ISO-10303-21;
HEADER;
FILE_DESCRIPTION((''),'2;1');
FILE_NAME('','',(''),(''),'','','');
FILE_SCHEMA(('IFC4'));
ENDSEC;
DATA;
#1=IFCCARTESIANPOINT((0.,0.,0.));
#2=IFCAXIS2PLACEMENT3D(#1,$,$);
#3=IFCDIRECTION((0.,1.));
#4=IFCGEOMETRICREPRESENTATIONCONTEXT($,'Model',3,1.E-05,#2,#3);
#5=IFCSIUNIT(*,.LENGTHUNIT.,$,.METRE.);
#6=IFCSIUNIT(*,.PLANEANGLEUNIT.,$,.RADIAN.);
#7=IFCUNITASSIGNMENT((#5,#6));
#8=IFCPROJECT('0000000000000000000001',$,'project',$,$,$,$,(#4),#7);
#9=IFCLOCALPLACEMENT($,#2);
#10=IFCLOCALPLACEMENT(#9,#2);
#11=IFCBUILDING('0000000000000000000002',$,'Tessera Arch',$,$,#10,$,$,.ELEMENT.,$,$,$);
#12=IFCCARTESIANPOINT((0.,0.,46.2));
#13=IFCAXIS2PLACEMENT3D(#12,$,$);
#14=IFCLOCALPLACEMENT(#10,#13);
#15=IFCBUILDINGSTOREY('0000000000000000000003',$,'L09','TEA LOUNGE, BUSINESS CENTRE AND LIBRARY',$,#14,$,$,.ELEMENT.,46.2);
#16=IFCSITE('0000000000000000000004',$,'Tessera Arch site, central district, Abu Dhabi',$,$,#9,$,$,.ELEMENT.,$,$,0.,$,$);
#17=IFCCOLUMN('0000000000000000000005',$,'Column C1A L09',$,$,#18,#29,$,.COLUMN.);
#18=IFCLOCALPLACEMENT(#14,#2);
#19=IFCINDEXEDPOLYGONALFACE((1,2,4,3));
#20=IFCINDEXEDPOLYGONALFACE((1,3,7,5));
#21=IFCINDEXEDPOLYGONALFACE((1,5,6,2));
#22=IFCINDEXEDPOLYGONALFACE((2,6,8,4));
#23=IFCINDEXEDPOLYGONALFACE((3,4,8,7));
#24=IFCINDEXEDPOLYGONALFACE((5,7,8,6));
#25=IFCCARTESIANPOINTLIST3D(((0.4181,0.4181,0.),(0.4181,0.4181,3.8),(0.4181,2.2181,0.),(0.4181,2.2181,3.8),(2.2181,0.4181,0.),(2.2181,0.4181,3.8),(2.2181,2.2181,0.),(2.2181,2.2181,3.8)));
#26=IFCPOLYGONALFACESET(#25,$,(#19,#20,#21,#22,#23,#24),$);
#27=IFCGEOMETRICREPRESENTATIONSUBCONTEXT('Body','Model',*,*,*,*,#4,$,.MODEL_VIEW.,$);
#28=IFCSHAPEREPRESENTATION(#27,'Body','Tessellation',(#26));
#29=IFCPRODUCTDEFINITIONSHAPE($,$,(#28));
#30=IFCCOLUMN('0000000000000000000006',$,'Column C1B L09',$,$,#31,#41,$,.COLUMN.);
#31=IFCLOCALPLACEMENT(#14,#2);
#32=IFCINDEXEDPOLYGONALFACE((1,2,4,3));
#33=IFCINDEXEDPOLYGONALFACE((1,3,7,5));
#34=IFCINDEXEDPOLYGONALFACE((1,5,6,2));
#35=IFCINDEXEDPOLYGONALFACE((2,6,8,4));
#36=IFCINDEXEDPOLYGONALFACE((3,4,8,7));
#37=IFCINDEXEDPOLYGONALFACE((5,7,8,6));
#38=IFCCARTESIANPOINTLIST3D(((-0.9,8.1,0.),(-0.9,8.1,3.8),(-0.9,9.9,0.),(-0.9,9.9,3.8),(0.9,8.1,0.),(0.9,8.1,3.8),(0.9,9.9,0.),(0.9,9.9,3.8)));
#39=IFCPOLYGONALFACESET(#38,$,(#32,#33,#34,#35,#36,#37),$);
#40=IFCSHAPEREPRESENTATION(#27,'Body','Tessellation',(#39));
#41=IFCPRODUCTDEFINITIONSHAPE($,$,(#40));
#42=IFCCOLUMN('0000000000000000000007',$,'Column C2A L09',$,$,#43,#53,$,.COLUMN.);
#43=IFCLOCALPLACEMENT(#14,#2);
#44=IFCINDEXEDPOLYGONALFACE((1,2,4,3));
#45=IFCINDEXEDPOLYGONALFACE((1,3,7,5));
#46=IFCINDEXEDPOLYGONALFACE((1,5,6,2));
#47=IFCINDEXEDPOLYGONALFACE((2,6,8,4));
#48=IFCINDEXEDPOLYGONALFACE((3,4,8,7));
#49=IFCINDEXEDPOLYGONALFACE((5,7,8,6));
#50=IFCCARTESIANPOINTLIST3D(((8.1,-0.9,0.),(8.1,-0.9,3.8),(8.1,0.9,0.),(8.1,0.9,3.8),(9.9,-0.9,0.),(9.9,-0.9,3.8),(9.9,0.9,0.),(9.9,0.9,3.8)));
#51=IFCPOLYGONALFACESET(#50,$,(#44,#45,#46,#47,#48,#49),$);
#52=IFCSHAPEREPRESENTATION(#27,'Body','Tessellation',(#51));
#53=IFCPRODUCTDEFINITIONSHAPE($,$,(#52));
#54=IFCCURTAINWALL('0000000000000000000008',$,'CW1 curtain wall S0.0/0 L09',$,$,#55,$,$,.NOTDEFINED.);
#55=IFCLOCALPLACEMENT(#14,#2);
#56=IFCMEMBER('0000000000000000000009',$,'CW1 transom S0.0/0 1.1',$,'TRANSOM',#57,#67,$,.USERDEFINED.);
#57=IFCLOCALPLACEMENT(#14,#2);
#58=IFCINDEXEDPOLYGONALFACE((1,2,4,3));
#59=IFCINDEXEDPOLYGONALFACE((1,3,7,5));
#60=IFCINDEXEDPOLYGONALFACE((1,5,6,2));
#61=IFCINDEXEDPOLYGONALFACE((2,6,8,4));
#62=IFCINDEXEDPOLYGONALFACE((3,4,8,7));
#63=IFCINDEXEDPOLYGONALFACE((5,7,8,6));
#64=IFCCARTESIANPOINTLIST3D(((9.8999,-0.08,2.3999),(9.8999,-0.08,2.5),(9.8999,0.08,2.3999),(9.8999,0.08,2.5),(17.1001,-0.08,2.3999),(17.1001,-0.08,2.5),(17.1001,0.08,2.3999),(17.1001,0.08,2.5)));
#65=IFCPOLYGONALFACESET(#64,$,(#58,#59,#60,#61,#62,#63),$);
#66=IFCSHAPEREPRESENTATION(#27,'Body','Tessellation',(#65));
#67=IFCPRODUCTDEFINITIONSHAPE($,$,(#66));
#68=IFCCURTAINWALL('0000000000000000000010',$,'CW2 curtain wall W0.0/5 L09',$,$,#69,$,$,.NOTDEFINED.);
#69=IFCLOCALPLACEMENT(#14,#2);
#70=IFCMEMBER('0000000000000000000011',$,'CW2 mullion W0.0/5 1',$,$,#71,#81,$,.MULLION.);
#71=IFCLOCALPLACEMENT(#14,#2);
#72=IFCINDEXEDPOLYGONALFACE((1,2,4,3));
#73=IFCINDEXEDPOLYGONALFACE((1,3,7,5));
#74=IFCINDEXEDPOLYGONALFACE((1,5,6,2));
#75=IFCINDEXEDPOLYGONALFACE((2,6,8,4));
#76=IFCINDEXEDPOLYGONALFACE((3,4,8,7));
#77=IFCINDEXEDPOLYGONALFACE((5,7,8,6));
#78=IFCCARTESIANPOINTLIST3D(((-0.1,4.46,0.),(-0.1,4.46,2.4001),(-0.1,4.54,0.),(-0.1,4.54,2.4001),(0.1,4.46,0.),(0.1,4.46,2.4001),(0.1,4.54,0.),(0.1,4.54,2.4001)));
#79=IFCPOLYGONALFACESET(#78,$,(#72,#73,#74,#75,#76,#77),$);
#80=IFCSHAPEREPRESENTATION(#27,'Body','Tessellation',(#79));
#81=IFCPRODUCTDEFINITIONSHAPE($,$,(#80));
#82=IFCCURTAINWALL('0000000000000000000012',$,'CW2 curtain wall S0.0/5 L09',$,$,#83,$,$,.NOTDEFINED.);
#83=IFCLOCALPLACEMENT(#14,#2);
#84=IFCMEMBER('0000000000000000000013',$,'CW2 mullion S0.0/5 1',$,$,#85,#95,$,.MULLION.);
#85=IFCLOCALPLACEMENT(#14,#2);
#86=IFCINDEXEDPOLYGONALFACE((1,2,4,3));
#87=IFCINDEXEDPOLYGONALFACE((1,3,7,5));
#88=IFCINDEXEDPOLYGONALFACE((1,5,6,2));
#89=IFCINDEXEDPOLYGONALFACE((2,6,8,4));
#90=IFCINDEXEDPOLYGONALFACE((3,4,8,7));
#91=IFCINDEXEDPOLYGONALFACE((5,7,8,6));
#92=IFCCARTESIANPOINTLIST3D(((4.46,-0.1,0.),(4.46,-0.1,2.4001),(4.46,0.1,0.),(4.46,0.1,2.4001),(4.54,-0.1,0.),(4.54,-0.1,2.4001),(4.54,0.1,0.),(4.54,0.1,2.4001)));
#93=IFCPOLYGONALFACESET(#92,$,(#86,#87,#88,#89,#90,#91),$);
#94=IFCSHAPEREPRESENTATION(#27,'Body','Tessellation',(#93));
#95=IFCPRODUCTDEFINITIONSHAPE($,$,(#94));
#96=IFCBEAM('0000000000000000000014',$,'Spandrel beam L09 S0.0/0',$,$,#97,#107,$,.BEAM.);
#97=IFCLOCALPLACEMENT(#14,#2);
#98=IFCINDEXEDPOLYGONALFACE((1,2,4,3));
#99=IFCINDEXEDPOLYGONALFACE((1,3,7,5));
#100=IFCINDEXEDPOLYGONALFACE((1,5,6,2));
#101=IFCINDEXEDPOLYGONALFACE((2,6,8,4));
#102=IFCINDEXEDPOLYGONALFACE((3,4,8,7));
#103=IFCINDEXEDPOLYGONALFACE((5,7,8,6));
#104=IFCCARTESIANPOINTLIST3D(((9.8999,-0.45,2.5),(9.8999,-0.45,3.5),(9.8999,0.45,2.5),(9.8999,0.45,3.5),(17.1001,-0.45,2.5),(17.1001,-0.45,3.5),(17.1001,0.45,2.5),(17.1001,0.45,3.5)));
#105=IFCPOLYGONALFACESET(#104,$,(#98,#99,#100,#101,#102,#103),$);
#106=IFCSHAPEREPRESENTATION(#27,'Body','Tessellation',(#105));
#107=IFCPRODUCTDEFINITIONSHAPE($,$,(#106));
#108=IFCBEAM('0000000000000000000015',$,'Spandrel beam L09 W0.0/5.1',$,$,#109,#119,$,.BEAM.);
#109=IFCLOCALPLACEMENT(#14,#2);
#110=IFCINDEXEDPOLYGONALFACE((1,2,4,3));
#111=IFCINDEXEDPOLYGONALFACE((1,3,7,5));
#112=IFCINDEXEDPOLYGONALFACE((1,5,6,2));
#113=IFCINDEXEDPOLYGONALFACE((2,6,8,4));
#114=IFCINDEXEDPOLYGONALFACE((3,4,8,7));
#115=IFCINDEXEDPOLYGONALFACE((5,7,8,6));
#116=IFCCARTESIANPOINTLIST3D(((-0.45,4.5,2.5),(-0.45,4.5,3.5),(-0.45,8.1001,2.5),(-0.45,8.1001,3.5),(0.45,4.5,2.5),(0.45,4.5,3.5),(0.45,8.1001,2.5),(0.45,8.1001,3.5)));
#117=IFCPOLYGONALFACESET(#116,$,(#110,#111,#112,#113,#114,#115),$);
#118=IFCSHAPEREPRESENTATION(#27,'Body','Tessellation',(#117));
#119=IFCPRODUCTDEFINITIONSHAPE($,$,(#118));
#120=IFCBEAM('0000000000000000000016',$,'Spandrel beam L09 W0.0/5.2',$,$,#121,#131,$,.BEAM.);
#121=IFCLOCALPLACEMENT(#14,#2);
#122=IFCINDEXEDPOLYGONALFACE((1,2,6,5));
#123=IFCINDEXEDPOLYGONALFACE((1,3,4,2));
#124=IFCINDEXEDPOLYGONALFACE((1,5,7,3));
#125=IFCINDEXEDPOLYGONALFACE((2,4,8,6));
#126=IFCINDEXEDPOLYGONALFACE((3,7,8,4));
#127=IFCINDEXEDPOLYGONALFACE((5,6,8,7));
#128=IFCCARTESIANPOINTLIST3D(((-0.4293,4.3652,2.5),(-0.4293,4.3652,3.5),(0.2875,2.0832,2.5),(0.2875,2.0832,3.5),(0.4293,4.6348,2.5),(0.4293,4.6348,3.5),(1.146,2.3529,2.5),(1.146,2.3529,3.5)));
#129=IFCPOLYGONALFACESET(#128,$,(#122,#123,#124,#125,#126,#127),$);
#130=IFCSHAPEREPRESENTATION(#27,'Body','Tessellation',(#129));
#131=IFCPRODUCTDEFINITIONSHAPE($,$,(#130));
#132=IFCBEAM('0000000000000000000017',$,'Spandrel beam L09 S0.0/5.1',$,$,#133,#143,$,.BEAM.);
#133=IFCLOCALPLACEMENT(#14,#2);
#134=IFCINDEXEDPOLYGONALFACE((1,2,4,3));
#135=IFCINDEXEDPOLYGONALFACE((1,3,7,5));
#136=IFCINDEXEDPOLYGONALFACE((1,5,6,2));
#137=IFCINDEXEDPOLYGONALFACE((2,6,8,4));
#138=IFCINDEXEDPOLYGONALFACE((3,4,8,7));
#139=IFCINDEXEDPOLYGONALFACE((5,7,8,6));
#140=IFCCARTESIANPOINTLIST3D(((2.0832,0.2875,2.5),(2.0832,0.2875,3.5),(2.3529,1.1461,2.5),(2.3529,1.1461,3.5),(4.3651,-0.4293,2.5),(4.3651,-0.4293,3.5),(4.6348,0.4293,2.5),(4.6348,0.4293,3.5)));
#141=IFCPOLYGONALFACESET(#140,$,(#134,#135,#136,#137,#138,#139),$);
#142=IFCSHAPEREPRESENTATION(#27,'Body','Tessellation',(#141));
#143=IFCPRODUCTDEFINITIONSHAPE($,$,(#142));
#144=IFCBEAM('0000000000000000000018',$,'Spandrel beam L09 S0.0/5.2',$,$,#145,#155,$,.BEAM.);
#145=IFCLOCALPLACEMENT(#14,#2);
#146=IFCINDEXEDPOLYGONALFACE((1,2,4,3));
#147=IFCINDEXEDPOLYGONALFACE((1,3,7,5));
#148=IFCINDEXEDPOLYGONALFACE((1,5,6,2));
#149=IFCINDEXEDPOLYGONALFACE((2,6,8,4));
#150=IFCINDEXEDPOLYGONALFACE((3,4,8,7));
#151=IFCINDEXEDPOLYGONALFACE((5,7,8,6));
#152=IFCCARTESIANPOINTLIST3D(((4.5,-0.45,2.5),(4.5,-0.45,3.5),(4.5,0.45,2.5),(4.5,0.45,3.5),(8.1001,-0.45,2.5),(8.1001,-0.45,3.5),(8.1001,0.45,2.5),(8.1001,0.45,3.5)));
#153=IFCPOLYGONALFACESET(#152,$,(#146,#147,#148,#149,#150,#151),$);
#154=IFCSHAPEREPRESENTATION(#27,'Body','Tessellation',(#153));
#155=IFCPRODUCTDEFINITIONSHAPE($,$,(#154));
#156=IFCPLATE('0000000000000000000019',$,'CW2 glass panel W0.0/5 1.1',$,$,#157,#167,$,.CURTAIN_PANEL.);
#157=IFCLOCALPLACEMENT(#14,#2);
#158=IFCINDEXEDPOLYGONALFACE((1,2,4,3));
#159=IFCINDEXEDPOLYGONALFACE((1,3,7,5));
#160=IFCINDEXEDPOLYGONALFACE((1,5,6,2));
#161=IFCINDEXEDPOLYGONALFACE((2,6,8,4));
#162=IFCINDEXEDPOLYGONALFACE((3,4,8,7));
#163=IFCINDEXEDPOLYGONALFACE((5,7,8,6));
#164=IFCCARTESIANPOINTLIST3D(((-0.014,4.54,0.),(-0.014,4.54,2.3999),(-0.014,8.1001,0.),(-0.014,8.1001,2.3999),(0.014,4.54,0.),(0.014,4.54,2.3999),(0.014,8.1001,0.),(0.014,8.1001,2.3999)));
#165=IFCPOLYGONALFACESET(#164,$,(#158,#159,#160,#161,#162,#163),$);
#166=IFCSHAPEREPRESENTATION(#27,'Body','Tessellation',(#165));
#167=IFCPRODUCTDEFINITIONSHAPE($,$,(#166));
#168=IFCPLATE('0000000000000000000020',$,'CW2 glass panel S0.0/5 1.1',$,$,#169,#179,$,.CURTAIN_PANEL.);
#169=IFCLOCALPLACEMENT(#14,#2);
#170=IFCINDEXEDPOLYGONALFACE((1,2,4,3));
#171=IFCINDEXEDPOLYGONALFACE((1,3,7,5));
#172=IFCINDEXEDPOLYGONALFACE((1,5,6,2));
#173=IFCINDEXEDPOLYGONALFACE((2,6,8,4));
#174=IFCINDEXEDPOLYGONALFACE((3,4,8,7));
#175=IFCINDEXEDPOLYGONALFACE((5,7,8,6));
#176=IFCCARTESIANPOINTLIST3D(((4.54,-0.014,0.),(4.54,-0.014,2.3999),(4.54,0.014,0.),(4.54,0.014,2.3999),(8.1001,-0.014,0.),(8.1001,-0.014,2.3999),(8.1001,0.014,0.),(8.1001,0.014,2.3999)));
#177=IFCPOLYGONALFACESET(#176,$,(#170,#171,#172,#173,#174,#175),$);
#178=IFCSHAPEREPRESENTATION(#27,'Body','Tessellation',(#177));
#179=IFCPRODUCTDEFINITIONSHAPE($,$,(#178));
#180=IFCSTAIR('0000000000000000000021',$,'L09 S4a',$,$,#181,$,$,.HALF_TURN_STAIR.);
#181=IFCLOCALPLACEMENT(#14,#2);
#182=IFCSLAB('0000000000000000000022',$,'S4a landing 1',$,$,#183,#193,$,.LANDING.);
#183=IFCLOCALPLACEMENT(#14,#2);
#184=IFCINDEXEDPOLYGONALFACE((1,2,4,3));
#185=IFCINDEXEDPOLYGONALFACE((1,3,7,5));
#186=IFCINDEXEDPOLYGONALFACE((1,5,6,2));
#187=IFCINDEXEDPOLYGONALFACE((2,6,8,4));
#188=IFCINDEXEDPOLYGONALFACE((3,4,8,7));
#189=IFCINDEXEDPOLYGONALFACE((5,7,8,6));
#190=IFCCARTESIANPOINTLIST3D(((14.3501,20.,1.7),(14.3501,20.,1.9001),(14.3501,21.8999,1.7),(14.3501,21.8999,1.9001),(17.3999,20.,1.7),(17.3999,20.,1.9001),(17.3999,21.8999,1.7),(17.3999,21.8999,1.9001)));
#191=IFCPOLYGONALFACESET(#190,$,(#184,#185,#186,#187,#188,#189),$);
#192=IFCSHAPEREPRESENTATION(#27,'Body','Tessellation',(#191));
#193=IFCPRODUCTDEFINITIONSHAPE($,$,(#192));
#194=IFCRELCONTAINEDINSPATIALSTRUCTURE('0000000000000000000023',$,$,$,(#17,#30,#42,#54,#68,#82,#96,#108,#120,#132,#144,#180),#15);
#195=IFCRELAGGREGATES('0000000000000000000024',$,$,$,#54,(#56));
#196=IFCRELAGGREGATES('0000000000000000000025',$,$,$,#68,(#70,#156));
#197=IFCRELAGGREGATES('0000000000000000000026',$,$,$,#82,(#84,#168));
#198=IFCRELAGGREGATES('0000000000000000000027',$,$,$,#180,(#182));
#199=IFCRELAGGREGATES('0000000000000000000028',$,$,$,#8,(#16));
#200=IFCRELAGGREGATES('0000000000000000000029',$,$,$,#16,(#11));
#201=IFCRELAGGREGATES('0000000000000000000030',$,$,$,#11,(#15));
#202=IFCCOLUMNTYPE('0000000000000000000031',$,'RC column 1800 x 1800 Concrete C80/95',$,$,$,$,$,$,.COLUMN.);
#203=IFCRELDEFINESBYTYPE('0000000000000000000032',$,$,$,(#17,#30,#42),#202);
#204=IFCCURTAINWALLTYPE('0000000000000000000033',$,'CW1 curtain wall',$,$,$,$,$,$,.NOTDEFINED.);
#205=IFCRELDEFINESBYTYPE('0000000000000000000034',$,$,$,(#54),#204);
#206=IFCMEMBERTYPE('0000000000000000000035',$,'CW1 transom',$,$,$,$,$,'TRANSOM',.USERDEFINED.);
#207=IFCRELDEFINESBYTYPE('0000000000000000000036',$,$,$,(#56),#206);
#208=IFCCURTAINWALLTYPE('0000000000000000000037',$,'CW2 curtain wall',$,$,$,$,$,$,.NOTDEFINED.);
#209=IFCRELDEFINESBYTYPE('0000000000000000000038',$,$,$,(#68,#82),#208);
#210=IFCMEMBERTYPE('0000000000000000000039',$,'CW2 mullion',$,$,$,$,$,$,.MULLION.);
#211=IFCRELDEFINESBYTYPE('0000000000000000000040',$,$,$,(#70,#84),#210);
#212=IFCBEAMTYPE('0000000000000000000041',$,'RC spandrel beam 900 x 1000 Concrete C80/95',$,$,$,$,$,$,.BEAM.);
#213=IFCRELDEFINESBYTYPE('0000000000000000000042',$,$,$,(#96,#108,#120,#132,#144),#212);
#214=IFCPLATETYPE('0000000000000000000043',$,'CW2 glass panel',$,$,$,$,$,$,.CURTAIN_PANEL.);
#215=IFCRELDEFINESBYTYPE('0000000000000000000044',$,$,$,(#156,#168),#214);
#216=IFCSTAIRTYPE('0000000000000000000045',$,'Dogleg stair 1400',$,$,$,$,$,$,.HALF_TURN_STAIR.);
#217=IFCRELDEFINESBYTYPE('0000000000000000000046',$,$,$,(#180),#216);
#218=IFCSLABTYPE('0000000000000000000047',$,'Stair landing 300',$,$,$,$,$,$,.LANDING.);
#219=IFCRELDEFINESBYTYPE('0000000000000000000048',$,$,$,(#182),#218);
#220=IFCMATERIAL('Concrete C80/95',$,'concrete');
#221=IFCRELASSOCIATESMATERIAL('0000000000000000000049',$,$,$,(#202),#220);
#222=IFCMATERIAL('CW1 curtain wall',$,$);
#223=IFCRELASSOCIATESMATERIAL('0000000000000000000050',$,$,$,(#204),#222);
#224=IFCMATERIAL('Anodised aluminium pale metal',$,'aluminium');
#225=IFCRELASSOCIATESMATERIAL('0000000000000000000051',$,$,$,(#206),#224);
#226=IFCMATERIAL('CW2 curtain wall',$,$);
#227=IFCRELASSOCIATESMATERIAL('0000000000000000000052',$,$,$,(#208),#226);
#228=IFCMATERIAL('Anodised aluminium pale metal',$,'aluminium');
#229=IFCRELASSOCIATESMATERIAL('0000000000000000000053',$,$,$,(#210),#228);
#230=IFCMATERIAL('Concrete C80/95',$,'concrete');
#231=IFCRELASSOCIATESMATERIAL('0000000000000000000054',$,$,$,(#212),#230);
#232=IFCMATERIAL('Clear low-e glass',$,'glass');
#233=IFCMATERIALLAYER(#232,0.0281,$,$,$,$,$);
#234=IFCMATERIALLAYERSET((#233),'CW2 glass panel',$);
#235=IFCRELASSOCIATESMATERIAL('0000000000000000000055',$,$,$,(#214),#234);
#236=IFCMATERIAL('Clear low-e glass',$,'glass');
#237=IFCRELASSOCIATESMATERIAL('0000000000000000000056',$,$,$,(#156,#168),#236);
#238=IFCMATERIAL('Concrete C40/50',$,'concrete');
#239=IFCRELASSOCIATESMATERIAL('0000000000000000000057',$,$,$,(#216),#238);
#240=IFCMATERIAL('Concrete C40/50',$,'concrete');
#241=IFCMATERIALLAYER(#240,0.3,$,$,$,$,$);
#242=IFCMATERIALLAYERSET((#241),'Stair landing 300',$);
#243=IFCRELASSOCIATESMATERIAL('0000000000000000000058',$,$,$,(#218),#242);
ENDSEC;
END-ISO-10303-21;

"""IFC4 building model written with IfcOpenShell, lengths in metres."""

from ifc_helpers import new_model, si_unit, direction, frame, origin, origin_2d, place, context, subcontext, project, spatial, polyline, rectangle, outline, extrude, material, layer, layer_set, material_profile, profile_set, type_object, element, aggregate, save


model = new_model("IFC4")

# Units and contexts
model_context = context("Model", 3, precision=1e-05, world=origin(), true_north=direction((0.0, 1.0)))
body_context = subcontext(model_context, "Body", "Model", "MODEL_VIEW")
ifc_project = project(units=[si_unit("LENGTHUNIT", "METRE"), si_unit("PLANEANGLEUNIT", "RADIAN")], contexts=[model_context])

# Site, building, storey
site_placement = place(None, origin())
site = spatial("IfcSite", under=ifc_project, at=site_placement, Name="Tessera Arch site, central district, Abu Dhabi", CompositionType="ELEMENT", RefElevation=0.0)
building_placement = place(site_placement, origin())
building = spatial("IfcBuilding", under=site, at=building_placement, Name="Tessera Arch", CompositionType="ELEMENT")
storey_placement = place(building_placement, frame((0.0, 0.0, 46.2)))
storey = spatial("IfcBuildingStorey", under=building, at=storey_placement, Name="L09", Description="TEA LOUNGE, BUSINESS CENTRE AND LIBRARY", CompositionType="ELEMENT", Elevation=46.2)

# Columns
ifc_material_1 = material(Name="Concrete C80/95", Category="concrete")
ifc_material_profile_1 = material_profile(ifc_material_1, rectangle(XDim=1.8, YDim=1.8, at=origin_2d()), Name="RC column 1800 x 1800 Concrete C80/95")
ifc_profile_set_1 = profile_set([ifc_material_profile_1], Name="Concrete C80/95")
column_type = type_object("IfcColumnType", Name="RC column 1800 x 1800 Concrete C80/95", PredefinedType="COLUMN", material=ifc_profile_set_1)
for number, where, z_axis, x_axis, name in (
    (1, (1.3181, 1.3181, 0.0), (0.0, 0.0, 1.0), (1.0, 0.0, 0.0), "Column C1A L09"),
    (2, (0.0, 9.0, 0.0), (0.0, 0.0, 1.0), (1.0, 0.0, 0.0), "Column C1B L09"),
    (3, (9.0, 0.0, 0.0), (0.0, 0.0, 1.0), (1.0, 0.0, 0.0), "Column C2A L09"),
):
    element("IfcColumn", number, at=place(storey_placement, frame(where, z_axis=z_axis, x_axis=x_axis)), inside=storey, type_object=column_type, Name=name, PredefinedType="COLUMN", context=body_context, shape_type="SweptSolid", body=[
        extrude(rectangle(XDim=1.8, YDim=1.8, at=origin_2d()), origin(), (0.0, 0.0, 1.0), 3.8),
    ])

# Curtain walls, members
ifc_material_2 = material(Name="CW1 curtain wall")
curtain_wall_type_1 = type_object("IfcCurtainWallType", Name="CW1 curtain wall", PredefinedType="NOTDEFINED", material=ifc_material_2)
curtain_wall_1_placement = place(storey_placement, origin())
curtain_wall_1 = element("IfcCurtainWall", 4, at=curtain_wall_1_placement, inside=storey, type_object=curtain_wall_type_1, Name="CW1 curtain wall S0.0/0 L09", PredefinedType="NOTDEFINED")
ifc_material_3 = material(Name="Anodised aluminium pale metal", Category="aluminium")
ifc_material_profile_2 = material_profile(ifc_material_3, rectangle(XDim=0.1599, YDim=0.1001, at=origin_2d()), Name="AL 160x100")
ifc_profile_set_2 = profile_set([ifc_material_profile_2], Name="Anodised aluminium pale metal")
member_type_1 = type_object("IfcMemberType", Name="CW1 transom", ElementType="TRANSOM", PredefinedType="USERDEFINED", material=ifc_profile_set_2)
member_1_placement = place(storey_placement, frame((9.8999, 0.0, 2.45), z_axis=(1.0, 0.0, 0.0), x_axis=(0.0, 1.0, 0.0)))
member_1 = element("IfcMember", 5, at=member_1_placement, type_object=member_type_1, Name="CW1 transom S0.0/0 1.1", ObjectType="TRANSOM", PredefinedType="USERDEFINED", context=body_context, shape_type="SweptSolid", body=[
    extrude(rectangle(XDim=0.1599, YDim=0.1001, at=origin_2d()), origin(), (0.0, 0.0, 1.0), 7.2002),
])
aggregate(curtain_wall_1, [member_1])
ifc_material_4 = material(Name="CW2 curtain wall")
curtain_wall_type_2 = type_object("IfcCurtainWallType", Name="CW2 curtain wall", PredefinedType="NOTDEFINED", material=ifc_material_4)
curtain_wall_2_placement = place(storey_placement, origin())
curtain_wall_2 = element("IfcCurtainWall", 6, at=curtain_wall_2_placement, inside=storey, type_object=curtain_wall_type_2, Name="CW2 curtain wall W0.0/5 L09", PredefinedType="NOTDEFINED")
ifc_material_5 = material(Name="Anodised aluminium pale metal", Category="aluminium")
ifc_material_profile_3 = material_profile(ifc_material_5, rectangle(XDim=0.2, YDim=0.0801, at=origin_2d()), Name="AL 80x200")
ifc_profile_set_3 = profile_set([ifc_material_profile_3], Name="Anodised aluminium pale metal")
member_type_2 = type_object("IfcMemberType", Name="CW2 mullion", PredefinedType="MULLION", material=ifc_profile_set_3)
member_2_placement = place(storey_placement, frame((0.0, 4.5, 0.0), z_axis=(0.0, 0.0, 1.0), x_axis=(1.0, 0.0, 0.0)))
member_2 = element("IfcMember", 7, at=member_2_placement, type_object=member_type_2, Name="CW2 mullion W0.0/5 1", PredefinedType="MULLION", context=body_context, shape_type="SweptSolid", body=[
    extrude(rectangle(XDim=0.2, YDim=0.0801, at=origin_2d()), origin(), (0.0, 0.0, 1.0), 2.4001),
])
curtain_wall_3_placement = place(storey_placement, origin())
curtain_wall_3 = element("IfcCurtainWall", 8, at=curtain_wall_3_placement, inside=storey, type_object=curtain_wall_type_2, Name="CW2 curtain wall S0.0/5 L09", PredefinedType="NOTDEFINED")
member_3_placement = place(storey_placement, frame((4.5, 0.0, 0.0), z_axis=(0.0, 0.0, 1.0), x_axis=(0.0, 1.0, 0.0)))
member_3 = element("IfcMember", 9, at=member_3_placement, type_object=member_type_2, Name="CW2 mullion S0.0/5 1", PredefinedType="MULLION", context=body_context, shape_type="SweptSolid", body=[
    extrude(rectangle(XDim=0.2, YDim=0.0801, at=origin_2d()), origin(), (0.0, 0.0, 1.0), 2.4001),
])

# Beams
ifc_material_6 = material(Name="Concrete C80/95", Category="concrete")
ifc_material_profile_4 = material_profile(ifc_material_6, rectangle(XDim=0.8999, YDim=1.0, at=origin_2d()), Name="RC spandrel beam 900 x 1000 Concrete C80/95")
ifc_profile_set_4 = profile_set([ifc_material_profile_4], Name="Concrete C80/95")
beam_type = type_object("IfcBeamType", Name="RC spandrel beam 900 x 1000 Concrete C80/95", PredefinedType="BEAM", material=ifc_profile_set_4)
beam_1_placement = place(storey_placement, frame((9.8999, 0.0, 3.0), z_axis=(1.0, 0.0, 0.0), x_axis=(0.0, 1.0, 0.0)))
element("IfcBeam", 10, at=beam_1_placement, inside=storey, type_object=beam_type, Name="Spandrel beam L09 S0.0/0", PredefinedType="BEAM", context=body_context, shape_type="SweptSolid", body=[
    extrude(rectangle(XDim=0.8999, YDim=1.0, at=origin_2d()), origin(), (0.0, 0.0, 1.0), 7.2002),
])
beam_2_placement = place(storey_placement, frame((0.0, 8.1001, 3.0), z_axis=(0.0, -1.0, 0.0), x_axis=(1.0, 0.0, 0.0)))
element("IfcBeam", 11, at=beam_2_placement, inside=storey, type_object=beam_type, Name="Spandrel beam L09 W0.0/5.1", PredefinedType="BEAM", context=body_context, shape_type="SweptSolid", body=[
    extrude(rectangle(XDim=0.8999, YDim=1.0, at=origin_2d()), origin(), (0.0, 0.0, 1.0), 3.6001),
])
for number, where, z_axis, x_axis, name in (
    (12, (0.0, 4.5, 3.0), (0.299675, -0.954041, 0.0), (0.954041, 0.299675, 0.0), "Spandrel beam L09 W0.0/5.2"),
    (13, (2.218, 0.7168, 3.0), (0.954041, -0.299675, 0.0), (0.299675, 0.954041, 0.0), "Spandrel beam L09 S0.0/5.1"),
):
    element("IfcBeam", number, at=place(storey_placement, frame(where, z_axis=z_axis, x_axis=x_axis)), inside=storey, type_object=beam_type, Name=name, PredefinedType="BEAM", context=body_context, shape_type="SweptSolid", body=[
        extrude(rectangle(XDim=0.8999, YDim=1.0, at=origin_2d()), origin(), (0.0, 0.0, 1.0), 2.3918),
    ])
beam_3_placement = place(storey_placement, frame((4.5, 0.0, 3.0), z_axis=(1.0, 0.0, 0.0), x_axis=(0.0, 1.0, 0.0)))
element("IfcBeam", 14, at=beam_3_placement, inside=storey, type_object=beam_type, Name="Spandrel beam L09 S0.0/5.2", PredefinedType="BEAM", context=body_context, shape_type="SweptSolid", body=[
    extrude(rectangle(XDim=0.8999, YDim=1.0, at=origin_2d()), origin(), (0.0, 0.0, 1.0), 3.6001),
])

# Plates
ifc_material_7 = material(Name="Clear low-e glass", Category="glass")
ifc_material_8 = material(Name="Clear low-e glass", Category="glass")
ifc_layer_1 = layer(ifc_material_8, 0.0281)
ifc_layer_set_1 = layer_set([ifc_layer_1], Name="CW2 glass panel")
plate_type = type_object("IfcPlateType", Name="CW2 glass panel", PredefinedType="CURTAIN_PANEL", material=ifc_layer_set_1)
plate_1_placement = place(storey_placement, frame((0.0, 6.3201, 0.0), z_axis=(0.0, 0.0, 1.0), x_axis=(0.0, -1.0, 0.0)))
plate_1 = element("IfcPlate", 15, at=plate_1_placement, type_object=plate_type, material=ifc_material_7, Name="CW2 glass panel W0.0/5 1.1", PredefinedType="CURTAIN_PANEL", context=body_context, shape_type="SweptSolid", body=[
    extrude(rectangle(XDim=3.5601, YDim=0.0281, at=origin_2d()), origin(), (0.0, 0.0, 1.0), 2.3999),
])
aggregate(curtain_wall_2, [member_2, plate_1])
plate_2_placement = place(storey_placement, frame((6.3201, 0.0, 0.0), z_axis=(0.0, 0.0, 1.0), x_axis=(1.0, 0.0, 0.0)))
plate_2 = element("IfcPlate", 16, at=plate_2_placement, type_object=plate_type, material=ifc_material_7, Name="CW2 glass panel S0.0/5 1.1", PredefinedType="CURTAIN_PANEL", context=body_context, shape_type="SweptSolid", body=[
    extrude(rectangle(XDim=3.5601, YDim=0.0281, at=origin_2d()), origin(), (0.0, 0.0, 1.0), 2.3999),
])
aggregate(curtain_wall_3, [member_3, plate_2])

# Stair, slab
ifc_material_9 = material(Name="Concrete C40/50", Category="concrete")
stair_type = type_object("IfcStairType", Name="Dogleg stair 1400", PredefinedType="HALF_TURN_STAIR", material=ifc_material_9)
stair_1_placement = place(storey_placement, origin())
stair_1 = element("IfcStair", 17, at=stair_1_placement, inside=storey, type_object=stair_type, Name="L09 S4a", PredefinedType="HALF_TURN_STAIR")
ifc_material_10 = material(Name="Concrete C40/50", Category="concrete")
ifc_layer_2 = layer(ifc_material_10, 0.3)
ifc_layer_set_2 = layer_set([ifc_layer_2], Name="Stair landing 300")
slab_type = type_object("IfcSlabType", Name="Stair landing 300", PredefinedType="LANDING", material=ifc_layer_set_2)
slab_1_placement = place(storey_placement, frame((0.0, 0.0, 1.7)))
slab_1 = element("IfcSlab", 18, at=slab_1_placement, type_object=slab_type, Name="S4a landing 1", PredefinedType="LANDING", context=body_context, shape_type="SweptSolid", body=[
    extrude(outline(polyline([(17.3999, 20.0), (17.3999, 21.8999), (14.3501, 21.8999), (14.3501, 20.0), (17.3999, 20.0)])), origin(), (0.0, 0.0, 1.0), 0.2002),
])
aggregate(stair_1, [slab_1])

save(model, "model.ifc")
